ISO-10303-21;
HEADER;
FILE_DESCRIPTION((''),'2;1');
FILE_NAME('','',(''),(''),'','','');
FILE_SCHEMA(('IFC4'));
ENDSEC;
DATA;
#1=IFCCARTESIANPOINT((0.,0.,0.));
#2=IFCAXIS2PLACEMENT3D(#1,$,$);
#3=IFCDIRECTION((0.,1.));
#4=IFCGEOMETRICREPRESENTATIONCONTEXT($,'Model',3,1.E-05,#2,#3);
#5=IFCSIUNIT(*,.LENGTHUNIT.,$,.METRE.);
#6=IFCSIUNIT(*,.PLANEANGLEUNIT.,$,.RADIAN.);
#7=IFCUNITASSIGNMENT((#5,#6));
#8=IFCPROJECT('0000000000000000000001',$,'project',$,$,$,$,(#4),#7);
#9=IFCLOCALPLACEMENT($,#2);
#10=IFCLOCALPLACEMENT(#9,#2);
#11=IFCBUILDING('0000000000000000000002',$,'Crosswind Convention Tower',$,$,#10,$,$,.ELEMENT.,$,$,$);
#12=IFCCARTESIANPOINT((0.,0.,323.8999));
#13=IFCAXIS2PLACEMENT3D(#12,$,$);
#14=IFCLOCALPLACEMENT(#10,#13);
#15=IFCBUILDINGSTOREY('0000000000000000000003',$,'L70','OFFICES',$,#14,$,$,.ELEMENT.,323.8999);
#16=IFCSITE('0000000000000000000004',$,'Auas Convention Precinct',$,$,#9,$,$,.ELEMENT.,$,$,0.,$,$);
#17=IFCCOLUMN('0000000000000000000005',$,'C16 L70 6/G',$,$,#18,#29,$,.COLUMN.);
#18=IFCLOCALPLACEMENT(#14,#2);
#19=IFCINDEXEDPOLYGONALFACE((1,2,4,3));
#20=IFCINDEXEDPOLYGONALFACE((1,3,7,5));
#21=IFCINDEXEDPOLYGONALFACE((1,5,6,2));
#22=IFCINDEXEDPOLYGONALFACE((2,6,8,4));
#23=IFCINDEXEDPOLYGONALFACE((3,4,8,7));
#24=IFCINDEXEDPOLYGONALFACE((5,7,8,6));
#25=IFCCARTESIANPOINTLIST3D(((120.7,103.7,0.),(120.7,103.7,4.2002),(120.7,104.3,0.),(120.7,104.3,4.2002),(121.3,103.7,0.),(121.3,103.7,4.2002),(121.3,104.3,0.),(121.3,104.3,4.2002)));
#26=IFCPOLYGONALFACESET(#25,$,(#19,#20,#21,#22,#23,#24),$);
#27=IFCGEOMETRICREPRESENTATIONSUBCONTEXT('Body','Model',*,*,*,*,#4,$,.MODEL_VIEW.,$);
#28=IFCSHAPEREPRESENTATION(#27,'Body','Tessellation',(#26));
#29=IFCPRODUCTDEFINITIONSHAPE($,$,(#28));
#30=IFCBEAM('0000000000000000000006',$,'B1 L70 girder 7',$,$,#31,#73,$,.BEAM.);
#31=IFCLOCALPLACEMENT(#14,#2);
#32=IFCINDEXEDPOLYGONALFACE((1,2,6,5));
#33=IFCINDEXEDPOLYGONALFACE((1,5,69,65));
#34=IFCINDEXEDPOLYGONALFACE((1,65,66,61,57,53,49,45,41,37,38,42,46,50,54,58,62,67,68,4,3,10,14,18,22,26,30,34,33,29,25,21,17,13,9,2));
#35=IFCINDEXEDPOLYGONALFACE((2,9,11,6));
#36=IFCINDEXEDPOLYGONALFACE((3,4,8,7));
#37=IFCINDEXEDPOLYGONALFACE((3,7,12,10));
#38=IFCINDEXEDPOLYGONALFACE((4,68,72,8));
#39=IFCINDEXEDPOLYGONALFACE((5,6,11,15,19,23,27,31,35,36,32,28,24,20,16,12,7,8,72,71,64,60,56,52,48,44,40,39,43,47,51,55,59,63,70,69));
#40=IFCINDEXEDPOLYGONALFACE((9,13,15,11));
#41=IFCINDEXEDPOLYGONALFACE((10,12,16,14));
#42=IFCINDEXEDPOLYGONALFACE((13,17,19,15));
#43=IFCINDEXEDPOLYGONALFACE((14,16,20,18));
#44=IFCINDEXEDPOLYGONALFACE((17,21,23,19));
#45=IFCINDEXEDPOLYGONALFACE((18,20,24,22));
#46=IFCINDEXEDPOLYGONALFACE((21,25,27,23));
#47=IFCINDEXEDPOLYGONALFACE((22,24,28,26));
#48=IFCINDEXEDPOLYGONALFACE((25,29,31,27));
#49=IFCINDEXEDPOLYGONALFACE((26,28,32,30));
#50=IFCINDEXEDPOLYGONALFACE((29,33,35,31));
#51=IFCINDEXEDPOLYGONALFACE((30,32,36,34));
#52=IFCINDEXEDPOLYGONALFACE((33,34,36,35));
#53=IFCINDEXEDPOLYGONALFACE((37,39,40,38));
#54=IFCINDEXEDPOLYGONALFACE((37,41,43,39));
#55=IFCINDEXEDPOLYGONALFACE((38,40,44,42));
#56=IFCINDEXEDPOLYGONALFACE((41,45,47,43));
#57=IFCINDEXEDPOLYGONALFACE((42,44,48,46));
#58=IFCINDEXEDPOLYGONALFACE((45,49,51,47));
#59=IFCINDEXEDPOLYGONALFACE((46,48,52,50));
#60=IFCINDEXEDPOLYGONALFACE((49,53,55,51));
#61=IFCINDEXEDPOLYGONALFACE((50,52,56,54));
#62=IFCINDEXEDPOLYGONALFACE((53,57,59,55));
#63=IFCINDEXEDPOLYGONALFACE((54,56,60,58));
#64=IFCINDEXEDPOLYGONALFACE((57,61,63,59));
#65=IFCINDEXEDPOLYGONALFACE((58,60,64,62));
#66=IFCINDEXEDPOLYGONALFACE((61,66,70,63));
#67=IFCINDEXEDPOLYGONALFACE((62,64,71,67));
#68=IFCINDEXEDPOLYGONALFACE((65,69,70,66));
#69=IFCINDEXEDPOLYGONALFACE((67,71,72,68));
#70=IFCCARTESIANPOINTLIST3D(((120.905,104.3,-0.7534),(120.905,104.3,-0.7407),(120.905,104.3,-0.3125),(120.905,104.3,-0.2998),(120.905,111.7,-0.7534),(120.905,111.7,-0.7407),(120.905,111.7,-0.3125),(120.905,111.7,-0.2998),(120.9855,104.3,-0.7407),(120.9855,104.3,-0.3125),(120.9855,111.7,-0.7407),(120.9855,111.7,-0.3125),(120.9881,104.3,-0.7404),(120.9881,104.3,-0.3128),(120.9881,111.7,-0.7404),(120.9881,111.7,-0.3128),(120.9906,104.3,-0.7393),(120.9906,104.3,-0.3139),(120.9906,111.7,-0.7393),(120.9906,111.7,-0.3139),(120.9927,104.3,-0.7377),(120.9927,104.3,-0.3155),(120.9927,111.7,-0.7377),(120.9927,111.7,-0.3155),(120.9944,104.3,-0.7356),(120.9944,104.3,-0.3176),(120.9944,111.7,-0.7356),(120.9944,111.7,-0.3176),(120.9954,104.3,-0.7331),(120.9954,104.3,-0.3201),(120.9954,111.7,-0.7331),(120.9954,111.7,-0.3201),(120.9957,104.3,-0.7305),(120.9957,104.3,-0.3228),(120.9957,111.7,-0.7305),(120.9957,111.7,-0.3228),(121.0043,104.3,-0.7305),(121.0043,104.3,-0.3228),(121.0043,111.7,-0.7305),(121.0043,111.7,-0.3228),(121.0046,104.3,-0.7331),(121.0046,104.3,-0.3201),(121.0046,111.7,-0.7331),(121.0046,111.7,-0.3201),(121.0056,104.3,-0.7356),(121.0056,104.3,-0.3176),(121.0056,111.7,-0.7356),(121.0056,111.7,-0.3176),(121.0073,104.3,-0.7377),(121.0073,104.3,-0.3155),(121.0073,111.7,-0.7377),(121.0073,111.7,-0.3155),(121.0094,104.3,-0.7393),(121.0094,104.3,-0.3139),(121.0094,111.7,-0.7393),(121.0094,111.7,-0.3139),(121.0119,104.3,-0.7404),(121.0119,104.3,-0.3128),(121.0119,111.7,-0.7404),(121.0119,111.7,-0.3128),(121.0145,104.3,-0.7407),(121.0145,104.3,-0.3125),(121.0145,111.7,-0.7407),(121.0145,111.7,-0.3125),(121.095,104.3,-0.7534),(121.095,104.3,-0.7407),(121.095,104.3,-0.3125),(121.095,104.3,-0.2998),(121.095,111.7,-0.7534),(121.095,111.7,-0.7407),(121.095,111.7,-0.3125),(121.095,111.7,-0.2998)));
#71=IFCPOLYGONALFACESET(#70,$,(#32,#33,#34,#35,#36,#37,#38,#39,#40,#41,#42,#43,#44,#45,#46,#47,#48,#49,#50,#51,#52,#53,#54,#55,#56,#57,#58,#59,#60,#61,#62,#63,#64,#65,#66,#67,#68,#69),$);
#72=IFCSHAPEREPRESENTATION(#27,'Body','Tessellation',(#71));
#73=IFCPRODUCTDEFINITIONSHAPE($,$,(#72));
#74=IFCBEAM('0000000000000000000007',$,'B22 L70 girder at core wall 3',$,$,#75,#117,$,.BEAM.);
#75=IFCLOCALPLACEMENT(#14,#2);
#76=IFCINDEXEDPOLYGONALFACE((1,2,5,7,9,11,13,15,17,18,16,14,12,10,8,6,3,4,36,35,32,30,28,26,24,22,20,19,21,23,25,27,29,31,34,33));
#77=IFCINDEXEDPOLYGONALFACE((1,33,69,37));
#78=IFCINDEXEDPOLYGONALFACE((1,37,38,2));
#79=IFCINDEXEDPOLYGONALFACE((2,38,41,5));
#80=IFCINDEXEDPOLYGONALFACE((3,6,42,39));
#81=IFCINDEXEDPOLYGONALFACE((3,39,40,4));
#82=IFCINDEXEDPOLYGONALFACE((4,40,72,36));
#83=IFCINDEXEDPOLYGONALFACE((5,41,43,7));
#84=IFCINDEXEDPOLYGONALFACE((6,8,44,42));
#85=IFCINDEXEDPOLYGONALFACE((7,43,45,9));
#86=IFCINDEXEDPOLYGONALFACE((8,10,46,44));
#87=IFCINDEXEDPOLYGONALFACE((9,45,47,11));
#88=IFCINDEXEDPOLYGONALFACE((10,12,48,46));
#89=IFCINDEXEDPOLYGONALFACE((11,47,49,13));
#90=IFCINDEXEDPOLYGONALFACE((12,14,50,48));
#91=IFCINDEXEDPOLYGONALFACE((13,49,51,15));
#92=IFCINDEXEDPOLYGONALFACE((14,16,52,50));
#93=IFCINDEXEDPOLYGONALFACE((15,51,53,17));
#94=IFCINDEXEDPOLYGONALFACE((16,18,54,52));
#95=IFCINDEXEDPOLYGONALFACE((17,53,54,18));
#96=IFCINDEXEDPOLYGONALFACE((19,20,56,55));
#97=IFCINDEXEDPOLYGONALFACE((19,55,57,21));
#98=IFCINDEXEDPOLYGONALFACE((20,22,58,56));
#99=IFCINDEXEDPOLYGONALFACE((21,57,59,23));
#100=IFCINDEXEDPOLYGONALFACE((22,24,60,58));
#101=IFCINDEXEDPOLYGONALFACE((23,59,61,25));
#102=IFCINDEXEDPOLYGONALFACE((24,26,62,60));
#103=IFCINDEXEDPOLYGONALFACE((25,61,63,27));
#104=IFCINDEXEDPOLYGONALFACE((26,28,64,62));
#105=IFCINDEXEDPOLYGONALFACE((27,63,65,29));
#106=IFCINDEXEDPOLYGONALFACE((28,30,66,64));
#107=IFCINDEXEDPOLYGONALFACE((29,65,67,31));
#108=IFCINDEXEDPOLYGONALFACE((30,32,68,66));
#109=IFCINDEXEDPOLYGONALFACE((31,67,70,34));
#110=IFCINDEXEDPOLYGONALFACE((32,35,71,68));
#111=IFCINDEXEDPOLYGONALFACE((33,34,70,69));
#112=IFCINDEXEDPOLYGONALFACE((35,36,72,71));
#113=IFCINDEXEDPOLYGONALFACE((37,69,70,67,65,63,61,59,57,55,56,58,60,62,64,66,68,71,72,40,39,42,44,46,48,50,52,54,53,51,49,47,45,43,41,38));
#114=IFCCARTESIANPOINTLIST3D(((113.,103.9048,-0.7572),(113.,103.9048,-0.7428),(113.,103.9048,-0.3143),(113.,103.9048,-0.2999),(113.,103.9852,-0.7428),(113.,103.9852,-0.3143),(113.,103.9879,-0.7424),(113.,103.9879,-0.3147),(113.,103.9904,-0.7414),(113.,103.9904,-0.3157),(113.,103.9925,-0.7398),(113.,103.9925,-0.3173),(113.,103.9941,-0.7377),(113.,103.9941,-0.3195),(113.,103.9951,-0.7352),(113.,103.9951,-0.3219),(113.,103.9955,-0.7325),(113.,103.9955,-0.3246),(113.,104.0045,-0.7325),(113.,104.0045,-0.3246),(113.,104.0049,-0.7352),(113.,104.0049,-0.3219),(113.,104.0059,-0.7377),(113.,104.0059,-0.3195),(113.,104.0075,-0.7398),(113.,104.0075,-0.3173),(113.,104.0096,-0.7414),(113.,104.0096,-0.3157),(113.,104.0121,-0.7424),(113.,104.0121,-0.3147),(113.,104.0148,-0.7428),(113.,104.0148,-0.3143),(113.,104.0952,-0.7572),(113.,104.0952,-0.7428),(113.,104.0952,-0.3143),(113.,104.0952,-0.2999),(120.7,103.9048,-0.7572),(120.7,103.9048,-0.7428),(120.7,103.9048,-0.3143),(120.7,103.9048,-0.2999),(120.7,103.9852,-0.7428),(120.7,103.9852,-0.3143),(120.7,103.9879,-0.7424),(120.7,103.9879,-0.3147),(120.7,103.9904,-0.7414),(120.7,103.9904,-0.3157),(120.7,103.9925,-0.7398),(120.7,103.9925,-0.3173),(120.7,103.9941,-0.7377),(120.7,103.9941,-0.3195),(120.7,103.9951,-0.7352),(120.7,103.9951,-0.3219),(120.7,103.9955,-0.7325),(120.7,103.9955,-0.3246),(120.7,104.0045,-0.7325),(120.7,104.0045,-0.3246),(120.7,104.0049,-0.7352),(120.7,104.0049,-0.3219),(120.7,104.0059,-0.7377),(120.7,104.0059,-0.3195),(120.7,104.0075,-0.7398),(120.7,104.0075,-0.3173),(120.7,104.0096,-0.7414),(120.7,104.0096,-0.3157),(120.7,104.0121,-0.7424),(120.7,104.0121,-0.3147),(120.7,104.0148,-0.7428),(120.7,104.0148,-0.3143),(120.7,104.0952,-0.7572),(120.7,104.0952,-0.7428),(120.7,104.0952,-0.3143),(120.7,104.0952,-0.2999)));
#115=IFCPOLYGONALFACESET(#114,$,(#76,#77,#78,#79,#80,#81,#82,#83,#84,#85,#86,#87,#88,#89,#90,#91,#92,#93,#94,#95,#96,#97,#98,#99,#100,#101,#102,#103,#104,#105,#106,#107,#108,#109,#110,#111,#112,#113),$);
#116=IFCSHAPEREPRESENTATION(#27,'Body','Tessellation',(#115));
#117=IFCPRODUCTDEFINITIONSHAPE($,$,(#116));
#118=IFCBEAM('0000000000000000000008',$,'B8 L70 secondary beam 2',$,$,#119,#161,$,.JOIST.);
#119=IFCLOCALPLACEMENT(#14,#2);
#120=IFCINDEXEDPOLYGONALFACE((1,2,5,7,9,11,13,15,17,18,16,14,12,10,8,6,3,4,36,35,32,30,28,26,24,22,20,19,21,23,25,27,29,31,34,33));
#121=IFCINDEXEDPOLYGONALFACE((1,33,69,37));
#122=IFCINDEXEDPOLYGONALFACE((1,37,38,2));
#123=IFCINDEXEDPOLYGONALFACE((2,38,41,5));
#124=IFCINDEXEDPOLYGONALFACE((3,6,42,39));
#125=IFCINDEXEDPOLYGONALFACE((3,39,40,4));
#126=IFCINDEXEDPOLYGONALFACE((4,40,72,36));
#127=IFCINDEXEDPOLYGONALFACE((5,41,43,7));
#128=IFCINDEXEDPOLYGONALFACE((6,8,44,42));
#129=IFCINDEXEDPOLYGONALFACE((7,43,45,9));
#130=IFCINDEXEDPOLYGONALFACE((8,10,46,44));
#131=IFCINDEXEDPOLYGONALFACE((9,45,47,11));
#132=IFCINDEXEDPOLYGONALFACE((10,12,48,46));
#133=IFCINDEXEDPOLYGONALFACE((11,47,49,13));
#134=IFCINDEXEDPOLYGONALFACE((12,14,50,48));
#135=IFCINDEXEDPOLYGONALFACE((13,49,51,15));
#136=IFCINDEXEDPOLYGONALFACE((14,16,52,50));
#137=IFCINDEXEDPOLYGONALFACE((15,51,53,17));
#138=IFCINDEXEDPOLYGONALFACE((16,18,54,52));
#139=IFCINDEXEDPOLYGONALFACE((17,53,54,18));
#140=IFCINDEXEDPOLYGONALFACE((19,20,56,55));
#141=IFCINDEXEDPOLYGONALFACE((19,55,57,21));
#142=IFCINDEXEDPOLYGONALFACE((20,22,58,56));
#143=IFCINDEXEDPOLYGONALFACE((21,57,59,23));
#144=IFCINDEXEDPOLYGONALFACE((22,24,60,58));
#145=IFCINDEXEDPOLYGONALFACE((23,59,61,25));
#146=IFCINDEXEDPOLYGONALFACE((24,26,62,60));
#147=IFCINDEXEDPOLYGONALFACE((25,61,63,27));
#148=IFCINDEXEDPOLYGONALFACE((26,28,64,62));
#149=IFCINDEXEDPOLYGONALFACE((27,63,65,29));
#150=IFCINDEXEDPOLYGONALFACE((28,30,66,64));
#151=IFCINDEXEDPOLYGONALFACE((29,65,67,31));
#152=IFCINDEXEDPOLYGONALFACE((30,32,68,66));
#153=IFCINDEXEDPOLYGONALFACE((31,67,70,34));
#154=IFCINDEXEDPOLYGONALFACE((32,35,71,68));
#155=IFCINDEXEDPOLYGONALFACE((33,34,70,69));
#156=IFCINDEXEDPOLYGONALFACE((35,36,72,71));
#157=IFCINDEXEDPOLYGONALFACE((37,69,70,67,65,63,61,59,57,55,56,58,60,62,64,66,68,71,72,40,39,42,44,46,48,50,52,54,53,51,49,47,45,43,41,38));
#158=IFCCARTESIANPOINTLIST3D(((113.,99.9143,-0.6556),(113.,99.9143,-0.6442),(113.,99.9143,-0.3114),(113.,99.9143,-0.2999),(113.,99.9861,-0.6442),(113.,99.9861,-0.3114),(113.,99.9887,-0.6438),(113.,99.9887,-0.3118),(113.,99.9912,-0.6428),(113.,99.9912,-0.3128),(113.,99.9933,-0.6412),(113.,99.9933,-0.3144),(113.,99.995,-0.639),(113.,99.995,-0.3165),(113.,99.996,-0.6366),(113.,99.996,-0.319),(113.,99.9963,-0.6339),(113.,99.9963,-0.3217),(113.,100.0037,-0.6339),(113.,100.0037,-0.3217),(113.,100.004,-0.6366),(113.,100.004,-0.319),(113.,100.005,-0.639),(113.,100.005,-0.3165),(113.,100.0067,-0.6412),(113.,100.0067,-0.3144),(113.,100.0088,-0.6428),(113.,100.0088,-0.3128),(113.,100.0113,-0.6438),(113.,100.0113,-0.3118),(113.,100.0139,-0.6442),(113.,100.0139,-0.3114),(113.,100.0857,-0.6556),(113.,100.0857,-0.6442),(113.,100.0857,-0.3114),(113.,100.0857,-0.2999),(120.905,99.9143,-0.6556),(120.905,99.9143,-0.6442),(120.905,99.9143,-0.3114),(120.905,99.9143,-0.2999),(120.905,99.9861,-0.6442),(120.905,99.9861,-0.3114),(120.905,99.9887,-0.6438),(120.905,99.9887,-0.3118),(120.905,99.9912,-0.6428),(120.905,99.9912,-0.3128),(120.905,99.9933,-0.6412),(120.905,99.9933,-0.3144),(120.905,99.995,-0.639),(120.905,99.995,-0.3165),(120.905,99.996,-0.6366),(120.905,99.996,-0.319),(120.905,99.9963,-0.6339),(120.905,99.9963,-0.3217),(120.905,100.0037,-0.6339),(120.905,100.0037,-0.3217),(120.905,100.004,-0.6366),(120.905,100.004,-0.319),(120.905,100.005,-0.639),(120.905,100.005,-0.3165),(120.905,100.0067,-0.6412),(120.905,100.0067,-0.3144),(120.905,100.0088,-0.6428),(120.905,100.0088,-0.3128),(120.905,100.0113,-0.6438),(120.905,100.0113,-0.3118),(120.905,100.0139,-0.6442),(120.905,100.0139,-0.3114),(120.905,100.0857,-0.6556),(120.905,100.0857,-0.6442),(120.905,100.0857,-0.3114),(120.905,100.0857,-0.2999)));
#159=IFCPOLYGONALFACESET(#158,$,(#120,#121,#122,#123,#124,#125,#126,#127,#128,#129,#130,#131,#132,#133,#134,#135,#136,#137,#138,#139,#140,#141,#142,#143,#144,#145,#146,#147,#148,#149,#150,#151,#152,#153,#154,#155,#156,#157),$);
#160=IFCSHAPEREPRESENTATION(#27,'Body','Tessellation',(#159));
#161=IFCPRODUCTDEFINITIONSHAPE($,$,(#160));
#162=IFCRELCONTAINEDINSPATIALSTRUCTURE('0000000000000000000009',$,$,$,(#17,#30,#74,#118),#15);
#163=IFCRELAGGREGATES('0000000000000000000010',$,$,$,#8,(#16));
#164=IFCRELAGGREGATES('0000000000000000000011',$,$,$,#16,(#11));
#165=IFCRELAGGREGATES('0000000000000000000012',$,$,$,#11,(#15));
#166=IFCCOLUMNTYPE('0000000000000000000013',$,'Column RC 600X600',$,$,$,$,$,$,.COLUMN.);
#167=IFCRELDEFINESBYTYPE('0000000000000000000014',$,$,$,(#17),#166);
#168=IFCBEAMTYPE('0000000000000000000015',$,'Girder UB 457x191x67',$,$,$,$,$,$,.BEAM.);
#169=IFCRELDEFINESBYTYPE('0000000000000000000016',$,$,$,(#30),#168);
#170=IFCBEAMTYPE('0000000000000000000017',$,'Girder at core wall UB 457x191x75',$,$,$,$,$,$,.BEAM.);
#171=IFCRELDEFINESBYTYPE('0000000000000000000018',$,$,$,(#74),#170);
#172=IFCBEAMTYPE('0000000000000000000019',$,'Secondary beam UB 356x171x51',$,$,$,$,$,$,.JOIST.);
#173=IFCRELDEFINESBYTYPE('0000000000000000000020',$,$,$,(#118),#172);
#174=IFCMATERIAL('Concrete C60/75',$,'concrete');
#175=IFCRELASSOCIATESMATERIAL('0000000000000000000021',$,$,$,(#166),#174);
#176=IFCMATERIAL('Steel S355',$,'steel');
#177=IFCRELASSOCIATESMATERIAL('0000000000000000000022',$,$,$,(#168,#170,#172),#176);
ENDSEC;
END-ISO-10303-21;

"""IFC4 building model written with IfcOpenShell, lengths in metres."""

from ifc_helpers import new_model, si_unit, direction, frame, origin, origin_2d, place, context, subcontext, project, spatial, rectangle, i_section, extrude, material, material_profile, profile_set, type_object, element, save


model = new_model("IFC4")

# Units and contexts
model_context = context("Model", 3, precision=1e-05, world=origin(), true_north=direction((0.0, 1.0)))
body_context = subcontext(model_context, "Body", "Model", "MODEL_VIEW")
ifc_project = project(units=[si_unit("LENGTHUNIT", "METRE"), si_unit("PLANEANGLEUNIT", "RADIAN")], contexts=[model_context])

# Site, building, storey
site_placement = place(None, origin())
site = spatial("IfcSite", under=ifc_project, at=site_placement, Name="Auas Convention Precinct", CompositionType="ELEMENT", RefElevation=0.0)
building_placement = place(site_placement, origin())
building = spatial("IfcBuilding", under=site, at=building_placement, Name="Crosswind Convention Tower", CompositionType="ELEMENT")
storey_placement = place(building_placement, frame((0.0, 0.0, 323.8999)))
storey = spatial("IfcBuildingStorey", under=building, at=storey_placement, Name="L70", Description="OFFICES", CompositionType="ELEMENT", Elevation=323.8999)

# Column
ifc_material_1 = material(Name="Concrete C60/75", Category="concrete")
ifc_material_profile_1 = material_profile(ifc_material_1, rectangle(XDim=0.6001, YDim=0.6001, at=origin_2d()), Name="RC 600X600")
ifc_profile_set_1 = profile_set([ifc_material_profile_1], Name="Concrete C60/75")
column_type = type_object("IfcColumnType", Name="Column RC 600X600", PredefinedType="COLUMN", material=ifc_profile_set_1)
column_placement = place(storey_placement, frame((121.0, 104.0, 0.0), z_axis=(0.0, 0.0, 1.0), x_axis=(1.0, 0.0, 0.0)))
element("IfcColumn", 1, at=column_placement, inside=storey, type_object=column_type, Name="C16 L70 6/G", PredefinedType="COLUMN", context=body_context, shape_type="SweptSolid", body=[
    extrude(rectangle(XDim=0.6001, YDim=0.6001, at=origin_2d()), origin(), (0.0, 0.0, 1.0), 4.2002),
])

# Beams
ifc_material_2 = material(Name="Steel S355", Category="steel")
ifc_material_profile_2 = material_profile(ifc_material_2, i_section(OverallWidth=0.1899, OverallDepth=0.4536, WebThickness=0.0085, FlangeThickness=0.0127, FilletRadius=0.0103, at=origin_2d()), Name="UB 457x191x67")
ifc_profile_set_2 = profile_set([ifc_material_profile_2], Name="Steel S355")
beam_type_1 = type_object("IfcBeamType", Name="Girder UB 457x191x67", PredefinedType="BEAM", material=ifc_profile_set_2)
beam_1_placement = place(storey_placement, frame((121.0, 104.3, -0.5266), z_axis=(0.0, 1.0, 0.0), x_axis=(-1.0, 0.0, 0.0)))
element("IfcBeam", 2, at=beam_1_placement, inside=storey, type_object=beam_type_1, Name="B1 L70 girder 7", PredefinedType="BEAM", context=body_context, shape_type="SweptSolid", body=[
    extrude(i_section(OverallWidth=0.1899, OverallDepth=0.4536, WebThickness=0.0085, FlangeThickness=0.0127, FilletRadius=0.0103, at=origin_2d()), origin(), (0.0, 0.0, 1.0), 7.3999),
])
ifc_material_profile_3 = material_profile(ifc_material_2, i_section(OverallWidth=0.1904, OverallDepth=0.4573, WebThickness=0.009, FlangeThickness=0.0144, FilletRadius=0.0103, at=origin_2d()), Name="UB 457x191x75")
ifc_profile_set_3 = profile_set([ifc_material_profile_3], Name="Steel S355")
beam_type_2 = type_object("IfcBeamType", Name="Girder at core wall UB 457x191x75", PredefinedType="BEAM", material=ifc_profile_set_3)
beam_2_placement = place(storey_placement, frame((113.0, 104.0, -0.5286), z_axis=(1.0, 0.0, 0.0), x_axis=(0.0, 1.0, 0.0)))
element("IfcBeam", 3, at=beam_2_placement, inside=storey, type_object=beam_type_2, Name="B22 L70 girder at core wall 3", PredefinedType="BEAM", context=body_context, shape_type="SweptSolid", body=[
    extrude(i_section(OverallWidth=0.1904, OverallDepth=0.4573, WebThickness=0.009, FlangeThickness=0.0144, FilletRadius=0.0103, at=origin_2d()), origin(), (0.0, 0.0, 1.0), 7.7),
])
ifc_material_profile_4 = material_profile(ifc_material_2, i_section(OverallWidth=0.1714, OverallDepth=0.3557, WebThickness=0.0073, FlangeThickness=0.0115, FilletRadius=0.0103, at=origin_2d()), Name="UB 356x171x51")
ifc_profile_set_4 = profile_set([ifc_material_profile_4], Name="Steel S355")
beam_type_3 = type_object("IfcBeamType", Name="Secondary beam UB 356x171x51", PredefinedType="JOIST", material=ifc_profile_set_4)
for number, where, z_axis, x_axis, name in (
    (4, (113.0, 100.0, -0.4778), (1.0, 0.0, 0.0), (0.0, 1.0, 0.0), "B8 L70 secondary beam 2"),
):
    element("IfcBeam", number, at=place(storey_placement, frame(where, z_axis=z_axis, x_axis=x_axis)), inside=storey, type_object=beam_type_3, Name=name, PredefinedType="JOIST", context=body_context, shape_type="SweptSolid", body=[
        extrude(i_section(OverallWidth=0.1714, OverallDepth=0.3557, WebThickness=0.0073, FlangeThickness=0.0115, FilletRadius=0.0103, at=origin_2d()), origin(), (0.0, 0.0, 1.0), 7.905),
    ])

save(model, "model.ifc")
